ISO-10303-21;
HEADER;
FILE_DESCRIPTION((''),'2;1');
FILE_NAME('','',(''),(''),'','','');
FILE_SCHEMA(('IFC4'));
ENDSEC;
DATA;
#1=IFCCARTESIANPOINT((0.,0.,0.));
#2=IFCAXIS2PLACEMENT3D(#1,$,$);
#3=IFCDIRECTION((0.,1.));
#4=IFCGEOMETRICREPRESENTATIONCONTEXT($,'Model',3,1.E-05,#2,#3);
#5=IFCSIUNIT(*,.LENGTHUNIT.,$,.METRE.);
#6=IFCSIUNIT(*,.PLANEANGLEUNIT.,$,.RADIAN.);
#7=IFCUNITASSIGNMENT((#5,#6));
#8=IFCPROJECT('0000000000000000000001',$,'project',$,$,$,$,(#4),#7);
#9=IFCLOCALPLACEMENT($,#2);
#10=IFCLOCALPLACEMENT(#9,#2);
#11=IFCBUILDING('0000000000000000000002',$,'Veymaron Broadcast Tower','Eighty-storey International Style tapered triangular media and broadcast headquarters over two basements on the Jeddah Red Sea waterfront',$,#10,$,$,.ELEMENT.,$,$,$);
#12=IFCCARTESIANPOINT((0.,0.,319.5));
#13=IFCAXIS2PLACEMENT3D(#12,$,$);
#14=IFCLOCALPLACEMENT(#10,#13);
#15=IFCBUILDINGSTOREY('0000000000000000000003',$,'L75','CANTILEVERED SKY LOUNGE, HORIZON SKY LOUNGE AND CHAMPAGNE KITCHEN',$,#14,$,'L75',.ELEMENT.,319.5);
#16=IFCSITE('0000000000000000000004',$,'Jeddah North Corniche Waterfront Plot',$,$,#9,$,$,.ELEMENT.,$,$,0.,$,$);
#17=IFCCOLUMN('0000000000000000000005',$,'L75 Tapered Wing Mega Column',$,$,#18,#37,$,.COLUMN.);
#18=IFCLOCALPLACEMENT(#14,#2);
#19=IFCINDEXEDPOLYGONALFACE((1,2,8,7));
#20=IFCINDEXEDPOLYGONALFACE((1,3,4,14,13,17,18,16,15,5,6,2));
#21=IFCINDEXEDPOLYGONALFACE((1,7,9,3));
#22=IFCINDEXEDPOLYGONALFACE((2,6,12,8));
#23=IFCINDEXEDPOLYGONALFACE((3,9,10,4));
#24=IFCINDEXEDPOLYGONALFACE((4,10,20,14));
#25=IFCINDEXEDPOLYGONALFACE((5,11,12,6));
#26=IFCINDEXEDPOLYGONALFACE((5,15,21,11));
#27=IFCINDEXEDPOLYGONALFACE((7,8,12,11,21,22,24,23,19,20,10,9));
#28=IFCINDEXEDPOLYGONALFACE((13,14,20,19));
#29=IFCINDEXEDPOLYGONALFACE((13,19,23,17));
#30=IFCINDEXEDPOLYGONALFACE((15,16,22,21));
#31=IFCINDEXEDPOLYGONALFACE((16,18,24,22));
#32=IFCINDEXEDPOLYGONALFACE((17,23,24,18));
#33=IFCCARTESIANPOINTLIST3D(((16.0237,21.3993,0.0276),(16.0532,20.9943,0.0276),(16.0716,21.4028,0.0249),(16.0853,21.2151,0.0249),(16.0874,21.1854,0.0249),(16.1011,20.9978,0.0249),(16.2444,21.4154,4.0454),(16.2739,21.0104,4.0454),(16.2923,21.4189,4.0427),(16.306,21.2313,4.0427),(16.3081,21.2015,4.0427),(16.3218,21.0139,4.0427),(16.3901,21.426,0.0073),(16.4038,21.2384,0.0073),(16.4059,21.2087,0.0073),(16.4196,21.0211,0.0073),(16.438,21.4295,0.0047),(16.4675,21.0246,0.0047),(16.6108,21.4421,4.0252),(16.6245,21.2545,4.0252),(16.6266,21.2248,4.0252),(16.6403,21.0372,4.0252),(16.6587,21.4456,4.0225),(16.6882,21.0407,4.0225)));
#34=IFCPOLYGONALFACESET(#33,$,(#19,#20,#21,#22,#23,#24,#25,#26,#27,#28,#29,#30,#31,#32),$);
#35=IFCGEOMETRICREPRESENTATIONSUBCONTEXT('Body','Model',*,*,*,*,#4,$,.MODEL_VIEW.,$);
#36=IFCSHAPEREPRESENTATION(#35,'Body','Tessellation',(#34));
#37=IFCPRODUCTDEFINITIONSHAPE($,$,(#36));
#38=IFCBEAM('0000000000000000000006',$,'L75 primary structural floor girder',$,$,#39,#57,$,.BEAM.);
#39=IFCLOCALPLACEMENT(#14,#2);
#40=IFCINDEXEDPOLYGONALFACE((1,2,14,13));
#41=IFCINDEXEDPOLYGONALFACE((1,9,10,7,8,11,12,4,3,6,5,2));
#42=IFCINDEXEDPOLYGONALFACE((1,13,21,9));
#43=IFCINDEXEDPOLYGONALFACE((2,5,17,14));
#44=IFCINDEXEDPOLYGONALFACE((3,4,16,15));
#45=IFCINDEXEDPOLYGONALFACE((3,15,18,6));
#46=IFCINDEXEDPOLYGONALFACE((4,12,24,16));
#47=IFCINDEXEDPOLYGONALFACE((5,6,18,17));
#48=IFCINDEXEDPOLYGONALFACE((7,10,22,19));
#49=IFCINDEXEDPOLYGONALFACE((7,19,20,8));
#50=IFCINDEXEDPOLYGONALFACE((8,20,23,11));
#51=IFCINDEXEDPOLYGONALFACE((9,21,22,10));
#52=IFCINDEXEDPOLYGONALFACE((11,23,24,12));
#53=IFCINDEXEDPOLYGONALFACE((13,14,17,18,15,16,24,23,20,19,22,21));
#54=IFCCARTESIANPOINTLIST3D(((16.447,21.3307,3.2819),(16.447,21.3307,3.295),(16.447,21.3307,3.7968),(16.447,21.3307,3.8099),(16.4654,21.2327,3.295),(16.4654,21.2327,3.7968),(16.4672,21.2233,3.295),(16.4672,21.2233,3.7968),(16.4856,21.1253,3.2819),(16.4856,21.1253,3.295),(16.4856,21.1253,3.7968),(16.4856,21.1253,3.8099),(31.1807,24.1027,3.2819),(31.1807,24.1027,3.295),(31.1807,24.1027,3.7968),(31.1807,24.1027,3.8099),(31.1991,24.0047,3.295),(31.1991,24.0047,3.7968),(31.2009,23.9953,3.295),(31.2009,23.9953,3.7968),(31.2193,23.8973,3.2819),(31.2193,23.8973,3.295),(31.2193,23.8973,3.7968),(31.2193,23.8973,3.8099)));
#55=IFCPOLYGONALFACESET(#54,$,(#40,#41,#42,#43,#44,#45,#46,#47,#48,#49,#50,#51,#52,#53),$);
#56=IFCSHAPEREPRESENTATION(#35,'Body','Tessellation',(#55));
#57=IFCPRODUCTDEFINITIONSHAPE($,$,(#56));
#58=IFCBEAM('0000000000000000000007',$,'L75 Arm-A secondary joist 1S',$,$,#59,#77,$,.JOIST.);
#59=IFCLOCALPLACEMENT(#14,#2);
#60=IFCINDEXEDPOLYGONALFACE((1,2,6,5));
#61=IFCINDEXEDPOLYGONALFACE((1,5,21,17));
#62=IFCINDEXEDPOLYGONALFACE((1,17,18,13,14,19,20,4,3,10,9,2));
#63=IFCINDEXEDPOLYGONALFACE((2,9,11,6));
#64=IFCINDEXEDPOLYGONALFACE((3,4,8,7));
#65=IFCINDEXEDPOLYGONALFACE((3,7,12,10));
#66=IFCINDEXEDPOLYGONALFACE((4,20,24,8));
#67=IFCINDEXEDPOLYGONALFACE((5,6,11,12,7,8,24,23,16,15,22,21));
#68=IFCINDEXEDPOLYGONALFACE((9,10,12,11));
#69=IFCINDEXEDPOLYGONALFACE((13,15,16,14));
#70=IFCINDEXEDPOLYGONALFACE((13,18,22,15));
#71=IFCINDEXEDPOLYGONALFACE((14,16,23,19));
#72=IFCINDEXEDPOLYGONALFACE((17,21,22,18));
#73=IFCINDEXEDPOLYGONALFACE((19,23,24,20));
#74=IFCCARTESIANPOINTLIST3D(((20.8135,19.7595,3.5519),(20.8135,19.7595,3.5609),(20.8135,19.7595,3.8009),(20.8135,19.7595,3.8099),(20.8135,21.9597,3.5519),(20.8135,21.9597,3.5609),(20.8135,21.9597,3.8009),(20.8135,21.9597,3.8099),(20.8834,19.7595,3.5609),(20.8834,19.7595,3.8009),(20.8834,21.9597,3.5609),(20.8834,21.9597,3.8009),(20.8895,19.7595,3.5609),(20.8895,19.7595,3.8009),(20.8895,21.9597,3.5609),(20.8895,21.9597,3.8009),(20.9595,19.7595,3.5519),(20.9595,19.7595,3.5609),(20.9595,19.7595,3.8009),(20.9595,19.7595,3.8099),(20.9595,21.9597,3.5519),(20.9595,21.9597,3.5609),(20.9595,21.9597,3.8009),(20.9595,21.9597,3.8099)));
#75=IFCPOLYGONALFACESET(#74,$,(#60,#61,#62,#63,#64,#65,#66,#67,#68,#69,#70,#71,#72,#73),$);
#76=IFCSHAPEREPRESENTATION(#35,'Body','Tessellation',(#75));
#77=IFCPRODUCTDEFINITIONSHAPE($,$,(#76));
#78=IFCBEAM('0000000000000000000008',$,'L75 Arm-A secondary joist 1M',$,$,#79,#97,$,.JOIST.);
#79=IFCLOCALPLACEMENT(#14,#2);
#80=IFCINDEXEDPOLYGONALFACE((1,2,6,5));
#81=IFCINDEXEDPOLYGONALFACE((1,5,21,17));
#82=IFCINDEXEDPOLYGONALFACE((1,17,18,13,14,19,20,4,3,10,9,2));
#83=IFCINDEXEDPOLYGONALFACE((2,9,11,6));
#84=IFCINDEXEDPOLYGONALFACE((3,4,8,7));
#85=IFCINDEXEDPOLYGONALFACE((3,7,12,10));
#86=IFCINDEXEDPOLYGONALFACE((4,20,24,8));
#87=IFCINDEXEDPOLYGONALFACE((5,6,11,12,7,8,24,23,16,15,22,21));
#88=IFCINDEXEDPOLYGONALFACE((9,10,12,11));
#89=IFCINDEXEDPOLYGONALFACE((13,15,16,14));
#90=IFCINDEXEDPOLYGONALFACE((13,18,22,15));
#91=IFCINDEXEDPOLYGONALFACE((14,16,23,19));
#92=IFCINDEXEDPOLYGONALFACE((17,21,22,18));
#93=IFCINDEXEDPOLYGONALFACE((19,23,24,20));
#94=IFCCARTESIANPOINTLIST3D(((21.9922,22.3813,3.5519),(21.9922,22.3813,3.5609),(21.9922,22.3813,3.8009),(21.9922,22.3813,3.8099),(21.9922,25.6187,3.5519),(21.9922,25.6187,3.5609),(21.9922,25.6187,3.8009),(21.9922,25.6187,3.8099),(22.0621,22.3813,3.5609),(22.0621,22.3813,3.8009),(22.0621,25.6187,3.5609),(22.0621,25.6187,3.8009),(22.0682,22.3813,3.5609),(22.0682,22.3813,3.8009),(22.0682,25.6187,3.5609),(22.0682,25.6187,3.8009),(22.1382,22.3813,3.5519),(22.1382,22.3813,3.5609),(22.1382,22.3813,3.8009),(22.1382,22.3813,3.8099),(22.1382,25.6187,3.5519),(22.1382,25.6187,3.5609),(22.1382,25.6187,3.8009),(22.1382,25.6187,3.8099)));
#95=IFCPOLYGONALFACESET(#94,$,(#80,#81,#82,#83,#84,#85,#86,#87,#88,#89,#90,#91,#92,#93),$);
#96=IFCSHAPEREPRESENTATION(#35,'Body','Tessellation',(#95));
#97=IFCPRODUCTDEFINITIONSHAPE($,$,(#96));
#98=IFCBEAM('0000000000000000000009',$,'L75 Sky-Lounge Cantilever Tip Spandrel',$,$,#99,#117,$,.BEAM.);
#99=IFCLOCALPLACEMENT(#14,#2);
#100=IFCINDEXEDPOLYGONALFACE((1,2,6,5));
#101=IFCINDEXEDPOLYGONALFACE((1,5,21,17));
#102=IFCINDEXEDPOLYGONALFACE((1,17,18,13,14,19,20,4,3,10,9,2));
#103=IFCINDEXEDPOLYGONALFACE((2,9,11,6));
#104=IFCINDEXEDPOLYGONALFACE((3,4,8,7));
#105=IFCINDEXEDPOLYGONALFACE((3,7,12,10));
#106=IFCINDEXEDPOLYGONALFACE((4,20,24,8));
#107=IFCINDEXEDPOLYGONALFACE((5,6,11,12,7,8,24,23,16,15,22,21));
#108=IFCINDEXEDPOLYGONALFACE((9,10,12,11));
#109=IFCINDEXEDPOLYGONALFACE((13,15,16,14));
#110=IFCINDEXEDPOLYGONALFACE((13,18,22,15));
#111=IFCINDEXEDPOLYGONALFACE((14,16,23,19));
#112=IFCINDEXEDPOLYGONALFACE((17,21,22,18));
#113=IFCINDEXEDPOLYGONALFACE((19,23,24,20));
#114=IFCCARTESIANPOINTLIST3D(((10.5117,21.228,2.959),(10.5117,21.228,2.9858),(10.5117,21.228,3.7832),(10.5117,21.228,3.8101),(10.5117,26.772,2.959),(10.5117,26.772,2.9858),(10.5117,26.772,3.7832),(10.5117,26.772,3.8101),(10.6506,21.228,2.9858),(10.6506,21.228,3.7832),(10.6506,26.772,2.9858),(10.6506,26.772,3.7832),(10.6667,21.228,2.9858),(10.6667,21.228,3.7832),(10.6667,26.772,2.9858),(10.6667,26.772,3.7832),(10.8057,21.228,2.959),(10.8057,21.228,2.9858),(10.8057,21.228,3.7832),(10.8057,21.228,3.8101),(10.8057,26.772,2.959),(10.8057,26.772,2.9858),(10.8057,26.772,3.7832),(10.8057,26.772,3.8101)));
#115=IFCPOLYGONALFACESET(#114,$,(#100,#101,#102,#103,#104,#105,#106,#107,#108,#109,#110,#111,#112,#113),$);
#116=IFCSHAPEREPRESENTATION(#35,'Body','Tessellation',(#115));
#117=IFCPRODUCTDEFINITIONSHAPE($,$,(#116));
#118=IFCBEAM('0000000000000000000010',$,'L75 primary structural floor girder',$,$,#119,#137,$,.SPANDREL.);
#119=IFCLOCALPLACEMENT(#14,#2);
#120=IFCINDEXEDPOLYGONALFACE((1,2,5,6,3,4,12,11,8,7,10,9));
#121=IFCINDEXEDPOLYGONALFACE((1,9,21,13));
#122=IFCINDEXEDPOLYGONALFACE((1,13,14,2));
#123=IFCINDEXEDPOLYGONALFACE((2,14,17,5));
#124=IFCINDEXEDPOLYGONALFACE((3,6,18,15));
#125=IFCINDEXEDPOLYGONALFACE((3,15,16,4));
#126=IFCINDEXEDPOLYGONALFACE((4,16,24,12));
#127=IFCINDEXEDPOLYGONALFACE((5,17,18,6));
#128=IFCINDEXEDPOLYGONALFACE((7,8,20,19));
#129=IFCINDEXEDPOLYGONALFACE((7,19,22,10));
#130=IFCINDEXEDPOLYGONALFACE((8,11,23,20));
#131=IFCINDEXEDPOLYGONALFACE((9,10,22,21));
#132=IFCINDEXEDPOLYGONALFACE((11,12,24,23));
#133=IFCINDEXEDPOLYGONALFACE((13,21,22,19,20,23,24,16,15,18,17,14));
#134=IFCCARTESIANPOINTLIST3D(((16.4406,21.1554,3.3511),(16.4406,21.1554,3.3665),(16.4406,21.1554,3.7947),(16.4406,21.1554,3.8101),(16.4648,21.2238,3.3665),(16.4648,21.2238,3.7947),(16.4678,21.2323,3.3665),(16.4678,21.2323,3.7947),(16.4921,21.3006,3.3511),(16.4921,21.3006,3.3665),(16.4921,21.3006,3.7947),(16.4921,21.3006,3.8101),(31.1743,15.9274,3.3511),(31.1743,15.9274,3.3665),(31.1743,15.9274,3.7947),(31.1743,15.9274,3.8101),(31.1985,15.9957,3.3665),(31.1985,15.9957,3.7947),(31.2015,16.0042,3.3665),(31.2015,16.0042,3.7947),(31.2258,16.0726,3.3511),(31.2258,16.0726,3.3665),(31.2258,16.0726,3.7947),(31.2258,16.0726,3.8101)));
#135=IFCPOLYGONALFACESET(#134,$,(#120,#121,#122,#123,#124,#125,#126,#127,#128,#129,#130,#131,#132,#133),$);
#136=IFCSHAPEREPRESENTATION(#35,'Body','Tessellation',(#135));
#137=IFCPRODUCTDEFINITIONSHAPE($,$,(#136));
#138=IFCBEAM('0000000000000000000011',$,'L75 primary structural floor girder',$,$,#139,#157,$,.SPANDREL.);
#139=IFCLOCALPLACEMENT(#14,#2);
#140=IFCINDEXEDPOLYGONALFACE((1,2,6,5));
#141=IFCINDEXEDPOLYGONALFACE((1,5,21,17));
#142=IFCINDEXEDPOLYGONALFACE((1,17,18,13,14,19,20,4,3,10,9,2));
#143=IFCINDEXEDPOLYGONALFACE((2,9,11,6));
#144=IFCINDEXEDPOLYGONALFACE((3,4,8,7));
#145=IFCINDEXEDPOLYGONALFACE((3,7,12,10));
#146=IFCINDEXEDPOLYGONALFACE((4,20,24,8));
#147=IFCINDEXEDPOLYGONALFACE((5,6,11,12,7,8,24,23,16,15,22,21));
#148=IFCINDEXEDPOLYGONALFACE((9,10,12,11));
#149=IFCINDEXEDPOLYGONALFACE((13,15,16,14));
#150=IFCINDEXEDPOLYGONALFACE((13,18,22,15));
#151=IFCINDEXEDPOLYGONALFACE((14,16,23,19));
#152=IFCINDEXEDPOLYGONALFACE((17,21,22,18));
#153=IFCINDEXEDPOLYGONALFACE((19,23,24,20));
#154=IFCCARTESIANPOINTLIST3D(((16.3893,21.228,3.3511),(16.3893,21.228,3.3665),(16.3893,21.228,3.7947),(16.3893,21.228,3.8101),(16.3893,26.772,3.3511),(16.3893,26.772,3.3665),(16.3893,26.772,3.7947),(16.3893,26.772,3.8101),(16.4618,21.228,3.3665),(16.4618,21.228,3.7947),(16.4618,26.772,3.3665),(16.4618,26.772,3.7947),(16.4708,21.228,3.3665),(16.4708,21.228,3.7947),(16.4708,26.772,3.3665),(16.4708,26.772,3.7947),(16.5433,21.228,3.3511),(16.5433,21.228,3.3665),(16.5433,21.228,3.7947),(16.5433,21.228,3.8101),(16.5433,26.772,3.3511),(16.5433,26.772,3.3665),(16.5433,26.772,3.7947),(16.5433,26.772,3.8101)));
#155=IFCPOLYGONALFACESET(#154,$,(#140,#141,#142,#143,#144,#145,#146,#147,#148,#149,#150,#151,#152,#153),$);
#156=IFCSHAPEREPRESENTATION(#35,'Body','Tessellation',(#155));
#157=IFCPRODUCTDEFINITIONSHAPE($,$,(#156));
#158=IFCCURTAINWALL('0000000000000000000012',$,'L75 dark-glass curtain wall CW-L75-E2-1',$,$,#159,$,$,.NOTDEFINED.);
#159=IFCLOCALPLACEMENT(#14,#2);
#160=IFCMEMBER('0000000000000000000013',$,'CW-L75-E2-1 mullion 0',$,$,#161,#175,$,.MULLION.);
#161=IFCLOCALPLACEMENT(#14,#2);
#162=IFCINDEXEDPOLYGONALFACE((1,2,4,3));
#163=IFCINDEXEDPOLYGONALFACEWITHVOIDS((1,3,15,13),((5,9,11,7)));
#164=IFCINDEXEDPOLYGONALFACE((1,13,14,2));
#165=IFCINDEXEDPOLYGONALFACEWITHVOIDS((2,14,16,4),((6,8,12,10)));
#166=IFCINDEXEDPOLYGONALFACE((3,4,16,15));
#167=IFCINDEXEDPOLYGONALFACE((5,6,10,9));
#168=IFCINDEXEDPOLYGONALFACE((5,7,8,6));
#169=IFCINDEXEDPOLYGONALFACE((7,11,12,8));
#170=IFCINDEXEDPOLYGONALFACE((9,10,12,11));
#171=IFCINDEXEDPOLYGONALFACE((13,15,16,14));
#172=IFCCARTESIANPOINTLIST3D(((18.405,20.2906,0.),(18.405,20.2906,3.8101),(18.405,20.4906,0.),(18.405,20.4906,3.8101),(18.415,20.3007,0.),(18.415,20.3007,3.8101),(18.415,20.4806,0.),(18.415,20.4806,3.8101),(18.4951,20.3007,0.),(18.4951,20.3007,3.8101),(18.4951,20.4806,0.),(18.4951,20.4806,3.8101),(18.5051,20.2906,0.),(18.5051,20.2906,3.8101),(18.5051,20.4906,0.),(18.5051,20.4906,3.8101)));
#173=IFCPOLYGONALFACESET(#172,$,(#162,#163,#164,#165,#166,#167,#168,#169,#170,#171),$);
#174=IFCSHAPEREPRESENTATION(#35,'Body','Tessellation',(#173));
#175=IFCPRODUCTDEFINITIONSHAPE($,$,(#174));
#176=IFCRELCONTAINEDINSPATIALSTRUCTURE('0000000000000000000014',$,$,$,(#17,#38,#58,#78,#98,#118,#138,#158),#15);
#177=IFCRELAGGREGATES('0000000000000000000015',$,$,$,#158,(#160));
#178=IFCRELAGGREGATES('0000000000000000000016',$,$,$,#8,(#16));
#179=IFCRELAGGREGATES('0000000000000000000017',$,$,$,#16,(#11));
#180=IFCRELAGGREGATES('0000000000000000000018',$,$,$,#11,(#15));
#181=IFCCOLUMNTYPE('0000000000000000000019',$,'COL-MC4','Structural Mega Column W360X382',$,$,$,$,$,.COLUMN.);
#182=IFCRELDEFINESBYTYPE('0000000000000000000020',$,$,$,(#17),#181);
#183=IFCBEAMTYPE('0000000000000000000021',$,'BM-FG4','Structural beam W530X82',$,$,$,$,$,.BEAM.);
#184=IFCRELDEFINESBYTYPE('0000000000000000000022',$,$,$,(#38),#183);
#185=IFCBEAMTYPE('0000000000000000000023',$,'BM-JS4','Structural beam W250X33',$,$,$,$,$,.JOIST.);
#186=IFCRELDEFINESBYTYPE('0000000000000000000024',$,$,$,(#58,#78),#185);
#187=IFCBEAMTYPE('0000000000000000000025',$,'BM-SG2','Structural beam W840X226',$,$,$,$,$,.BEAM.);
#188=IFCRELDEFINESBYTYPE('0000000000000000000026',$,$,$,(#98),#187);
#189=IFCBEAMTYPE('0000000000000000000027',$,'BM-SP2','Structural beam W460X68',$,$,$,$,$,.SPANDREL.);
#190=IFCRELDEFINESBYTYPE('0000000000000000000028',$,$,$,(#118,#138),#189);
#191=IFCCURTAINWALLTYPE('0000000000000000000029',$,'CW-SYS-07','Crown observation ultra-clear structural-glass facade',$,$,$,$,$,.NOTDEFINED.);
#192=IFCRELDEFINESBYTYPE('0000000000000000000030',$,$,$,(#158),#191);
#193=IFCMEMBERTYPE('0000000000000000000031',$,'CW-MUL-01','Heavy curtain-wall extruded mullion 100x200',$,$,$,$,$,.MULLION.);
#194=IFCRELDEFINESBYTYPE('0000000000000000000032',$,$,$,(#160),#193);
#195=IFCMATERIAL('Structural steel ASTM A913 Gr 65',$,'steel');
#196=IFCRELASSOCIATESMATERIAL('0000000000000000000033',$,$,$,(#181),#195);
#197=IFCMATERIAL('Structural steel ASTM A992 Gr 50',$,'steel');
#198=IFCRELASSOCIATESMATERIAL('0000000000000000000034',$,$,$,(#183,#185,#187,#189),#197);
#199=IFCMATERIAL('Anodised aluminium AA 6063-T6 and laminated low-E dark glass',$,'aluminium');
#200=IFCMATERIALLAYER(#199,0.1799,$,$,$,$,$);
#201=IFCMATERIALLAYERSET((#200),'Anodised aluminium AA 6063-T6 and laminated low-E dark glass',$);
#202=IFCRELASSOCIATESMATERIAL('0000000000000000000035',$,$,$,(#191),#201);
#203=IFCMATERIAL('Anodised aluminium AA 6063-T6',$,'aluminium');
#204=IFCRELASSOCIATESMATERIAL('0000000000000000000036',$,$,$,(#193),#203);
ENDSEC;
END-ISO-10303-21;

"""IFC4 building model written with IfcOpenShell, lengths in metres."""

from ifc_helpers import new_model, si_unit, direction, frame, origin, origin_2d, place, context, subcontext, project, spatial, hollow_rectangle, i_section, extrude, material, layer, layer_set, material_profile, profile_set, type_object, element, aggregate, save


model = new_model("IFC4")

# Units and contexts
model_context = context("Model", 3, precision=1e-05, world=origin(), true_north=direction((0.0, 1.0)))
body_context = subcontext(model_context, "Body", "Model", "MODEL_VIEW")
ifc_project = project(units=[si_unit("LENGTHUNIT", "METRE"), si_unit("PLANEANGLEUNIT", "RADIAN")], contexts=[model_context])

# Site, building, storey
site_placement = place(None, origin())
site = spatial("IfcSite", under=ifc_project, at=site_placement, Name="Jeddah North Corniche Waterfront Plot", CompositionType="ELEMENT", RefElevation=0.0)
building_placement = place(site_placement, origin())
building = spatial("IfcBuilding", under=site, at=building_placement, Name="Veymaron Broadcast Tower", Description="Eighty-storey International Style tapered triangular media and broadcast headquarters over two basements on the Jeddah Red Sea waterfront", CompositionType="ELEMENT")
storey_placement = place(building_placement, frame((0.0, 0.0, 319.5)))
storey = spatial("IfcBuildingStorey", under=building, at=storey_placement, Name="L75", Description="CANTILEVERED SKY LOUNGE, HORIZON SKY LOUNGE AND CHAMPAGNE KITCHEN", LongName="L75", CompositionType="ELEMENT", Elevation=319.5)

# Column
ifc_material_1 = material(Name="Structural steel ASTM A913 Gr 65", Category="steel")
ifc_material_profile_1 = material_profile(ifc_material_1, i_section(OverallWidth=0.406, OverallDepth=0.416, WebThickness=0.0298, FlangeThickness=0.0481, at=origin_2d()), Name="W360X382")
ifc_profile_set_1 = profile_set([ifc_material_profile_1], Name="Structural steel ASTM A913 Gr 65")
column_type = type_object("IfcColumnType", Name="COL-MC4", Description="Structural Mega Column W360X382", PredefinedType="COLUMN", material=ifc_profile_set_1)
column_placement = place(storey_placement, frame((16.2456, 21.2119, 0.0161), z_axis=(0.054848, 0.004004, 0.998487), x_axis=(-0.072815, 0.997345, 0.0)))
element("IfcColumn", 1, at=column_placement, inside=storey, type_object=column_type, Name="L75 Tapered Wing Mega Column", PredefinedType="COLUMN", context=body_context, shape_type="SweptSolid", body=[
    extrude(i_section(OverallWidth=0.406, OverallDepth=0.416, WebThickness=0.0298, FlangeThickness=0.0481, at=origin_2d()), origin(), (0.0, 0.0, 1.0), 4.0239),
])

# Beams
ifc_material_2 = material(Name="Structural steel ASTM A992 Gr 50", Category="steel")
ifc_material_profile_2 = material_profile(ifc_material_2, i_section(OverallWidth=0.209, OverallDepth=0.5281, WebThickness=0.0095, FlangeThickness=0.0132, at=origin_2d()), Name="W530X82")
ifc_profile_set_2 = profile_set([ifc_material_profile_2], Name="Structural steel ASTM A992 Gr 50")
beam_type_1 = type_object("IfcBeamType", Name="BM-FG4", Description="Structural beam W530X82", PredefinedType="BEAM", material=ifc_profile_set_2)
beam_1_placement = place(storey_placement, frame((16.4663, 21.228, 3.5459), z_axis=(0.982758, 0.184895, 0.0), x_axis=(-0.184895, 0.982758, 0.0)))
element("IfcBeam", 2, at=beam_1_placement, inside=storey, type_object=beam_type_1, Name="L75 primary structural floor girder", PredefinedType="BEAM", context=body_context, shape_type="SweptSolid", body=[
    extrude(i_section(OverallWidth=0.209, OverallDepth=0.5281, WebThickness=0.0095, FlangeThickness=0.0132, at=origin_2d()), origin(), (0.0, 0.0, 1.0), 14.9922),
])
ifc_material_profile_3 = material_profile(ifc_material_2, i_section(OverallWidth=0.146, OverallDepth=0.2581, WebThickness=0.0061, FlangeThickness=0.009, at=origin_2d()), Name="W250X33")
ifc_profile_set_3 = profile_set([ifc_material_profile_3], Name="Structural steel ASTM A992 Gr 50")
beam_type_2 = type_object("IfcBeamType", Name="BM-JS4", Description="Structural beam W250X33", PredefinedType="JOIST", material=ifc_profile_set_3)
beam_2_placement = place(storey_placement, frame((20.8865, 19.7595, 3.6809), z_axis=(0.0, 1.0, 0.0), x_axis=(-1.0, 0.0, 0.0)))
element("IfcBeam", 3, at=beam_2_placement, inside=storey, type_object=beam_type_2, Name="L75 Arm-A secondary joist 1S", PredefinedType="JOIST", context=body_context, shape_type="SweptSolid", body=[
    extrude(i_section(OverallWidth=0.146, OverallDepth=0.2581, WebThickness=0.0061, FlangeThickness=0.009, at=origin_2d()), origin(), (0.0, 0.0, 1.0), 2.2002),
])
beam_3_placement = place(storey_placement, frame((22.0652, 22.3813, 3.6809), z_axis=(0.0, 1.0, 0.0), x_axis=(-1.0, 0.0, 0.0)))
element("IfcBeam", 4, at=beam_3_placement, inside=storey, type_object=beam_type_2, Name="L75 Arm-A secondary joist 1M", PredefinedType="JOIST", context=body_context, shape_type="SweptSolid", body=[
    extrude(i_section(OverallWidth=0.146, OverallDepth=0.2581, WebThickness=0.0061, FlangeThickness=0.009, at=origin_2d()), origin(), (0.0, 0.0, 1.0), 3.2373),
])
ifc_material_profile_4 = material_profile(ifc_material_2, i_section(OverallWidth=0.2939, OverallDepth=0.8511, WebThickness=0.0161, FlangeThickness=0.0269, at=origin_2d()), Name="W840X226")
ifc_profile_set_4 = profile_set([ifc_material_profile_4], Name="Structural steel ASTM A992 Gr 50")
beam_type_3 = type_object("IfcBeamType", Name="BM-SG2", Description="Structural beam W840X226", PredefinedType="BEAM", material=ifc_profile_set_4)
beam_4_placement = place(storey_placement, frame((10.6587, 21.228, 3.3845), z_axis=(0.0, 1.0, 0.0), x_axis=(-1.0, 0.0, 0.0)))
element("IfcBeam", 5, at=beam_4_placement, inside=storey, type_object=beam_type_3, Name="L75 Sky-Lounge Cantilever Tip Spandrel", PredefinedType="BEAM", context=body_context, shape_type="SweptSolid", body=[
    extrude(i_section(OverallWidth=0.2939, OverallDepth=0.8511, WebThickness=0.0161, FlangeThickness=0.0269, at=origin_2d()), origin(), (0.0, 0.0, 1.0), 5.5439),
])
ifc_material_profile_5 = material_profile(ifc_material_2, i_section(OverallWidth=0.1541, OverallDepth=0.459, WebThickness=0.009, FlangeThickness=0.0154, at=origin_2d()), Name="W460X68")
ifc_profile_set_5 = profile_set([ifc_material_profile_5], Name="Structural steel ASTM A992 Gr 50")
beam_type_4 = type_object("IfcBeamType", Name="BM-SP2", Description="Structural beam W460X68", PredefinedType="SPANDREL", material=ifc_profile_set_5)
beam_5_placement = place(storey_placement, frame((16.4663, 21.228, 3.5806), z_axis=(0.942429, -0.334408, 0.0), x_axis=(0.334408, 0.942429, 0.0)))
element("IfcBeam", 6, at=beam_5_placement, inside=storey, type_object=beam_type_4, Name="L75 primary structural floor girder", PredefinedType="SPANDREL", context=body_context, shape_type="SweptSolid", body=[
    extrude(i_section(OverallWidth=0.1541, OverallDepth=0.459, WebThickness=0.009, FlangeThickness=0.0154, at=origin_2d()), origin(), (0.0, 0.0, 1.0), 15.6338),
])
beam_6_placement = place(storey_placement, frame((16.4663, 21.228, 3.5806), z_axis=(0.0, 1.0, 0.0), x_axis=(-1.0, 0.0, 0.0)))
element("IfcBeam", 7, at=beam_6_placement, inside=storey, type_object=beam_type_4, Name="L75 primary structural floor girder", PredefinedType="SPANDREL", context=body_context, shape_type="SweptSolid", body=[
    extrude(i_section(OverallWidth=0.1541, OverallDepth=0.459, WebThickness=0.009, FlangeThickness=0.0154, at=origin_2d()), origin(), (0.0, 0.0, 1.0), 5.5439),
])

# Curtain wall, member
ifc_material_3 = material(Name="Anodised aluminium AA 6063-T6 and laminated low-E dark glass", Category="aluminium")
ifc_layer_1 = layer(ifc_material_3, 0.1799)
ifc_layer_set_1 = layer_set([ifc_layer_1], Name="Anodised aluminium AA 6063-T6 and laminated low-E dark glass")
curtain_wall_type = type_object("IfcCurtainWallType", Name="CW-SYS-07", Description="Crown observation ultra-clear structural-glass facade", PredefinedType="NOTDEFINED", material=ifc_layer_set_1)
curtain_wall_1_placement = place(storey_placement, origin())
curtain_wall_1 = element("IfcCurtainWall", 8, at=curtain_wall_1_placement, inside=storey, type_object=curtain_wall_type, Name="L75 dark-glass curtain wall CW-L75-E2-1", PredefinedType="NOTDEFINED")
ifc_material_4 = material(Name="Anodised aluminium AA 6063-T6", Category="aluminium")
ifc_material_profile_6 = material_profile(ifc_material_4, hollow_rectangle(XDim=0.1001, YDim=0.2, WallThickness=0.01, at=origin_2d()), Name="RHS200X100X10")
ifc_profile_set_6 = profile_set([ifc_material_profile_6], Name="Anodised aluminium AA 6063-T6")
member_type_1 = type_object("IfcMemberType", Name="CW-MUL-01", Description="Heavy curtain-wall extruded mullion 100x200", PredefinedType="MULLION", material=ifc_profile_set_6)
member_1_placement = place(storey_placement, frame((18.4551, 20.3906, 0.0), z_axis=(0.0, 0.0, 1.0), x_axis=(1.0, 0.0, 0.0)))
member_1 = element("IfcMember", 9, at=member_1_placement, type_object=member_type_1, Name="CW-L75-E2-1 mullion 0", PredefinedType="MULLION", context=body_context, shape_type="SweptSolid", body=[
    extrude(hollow_rectangle(XDim=0.1001, YDim=0.2, WallThickness=0.01, at=origin_2d()), origin(), (0.0, 0.0, 1.0), 3.8101),
])

aggregate(curtain_wall_1, [member_1])

save(model, "model.ifc")
